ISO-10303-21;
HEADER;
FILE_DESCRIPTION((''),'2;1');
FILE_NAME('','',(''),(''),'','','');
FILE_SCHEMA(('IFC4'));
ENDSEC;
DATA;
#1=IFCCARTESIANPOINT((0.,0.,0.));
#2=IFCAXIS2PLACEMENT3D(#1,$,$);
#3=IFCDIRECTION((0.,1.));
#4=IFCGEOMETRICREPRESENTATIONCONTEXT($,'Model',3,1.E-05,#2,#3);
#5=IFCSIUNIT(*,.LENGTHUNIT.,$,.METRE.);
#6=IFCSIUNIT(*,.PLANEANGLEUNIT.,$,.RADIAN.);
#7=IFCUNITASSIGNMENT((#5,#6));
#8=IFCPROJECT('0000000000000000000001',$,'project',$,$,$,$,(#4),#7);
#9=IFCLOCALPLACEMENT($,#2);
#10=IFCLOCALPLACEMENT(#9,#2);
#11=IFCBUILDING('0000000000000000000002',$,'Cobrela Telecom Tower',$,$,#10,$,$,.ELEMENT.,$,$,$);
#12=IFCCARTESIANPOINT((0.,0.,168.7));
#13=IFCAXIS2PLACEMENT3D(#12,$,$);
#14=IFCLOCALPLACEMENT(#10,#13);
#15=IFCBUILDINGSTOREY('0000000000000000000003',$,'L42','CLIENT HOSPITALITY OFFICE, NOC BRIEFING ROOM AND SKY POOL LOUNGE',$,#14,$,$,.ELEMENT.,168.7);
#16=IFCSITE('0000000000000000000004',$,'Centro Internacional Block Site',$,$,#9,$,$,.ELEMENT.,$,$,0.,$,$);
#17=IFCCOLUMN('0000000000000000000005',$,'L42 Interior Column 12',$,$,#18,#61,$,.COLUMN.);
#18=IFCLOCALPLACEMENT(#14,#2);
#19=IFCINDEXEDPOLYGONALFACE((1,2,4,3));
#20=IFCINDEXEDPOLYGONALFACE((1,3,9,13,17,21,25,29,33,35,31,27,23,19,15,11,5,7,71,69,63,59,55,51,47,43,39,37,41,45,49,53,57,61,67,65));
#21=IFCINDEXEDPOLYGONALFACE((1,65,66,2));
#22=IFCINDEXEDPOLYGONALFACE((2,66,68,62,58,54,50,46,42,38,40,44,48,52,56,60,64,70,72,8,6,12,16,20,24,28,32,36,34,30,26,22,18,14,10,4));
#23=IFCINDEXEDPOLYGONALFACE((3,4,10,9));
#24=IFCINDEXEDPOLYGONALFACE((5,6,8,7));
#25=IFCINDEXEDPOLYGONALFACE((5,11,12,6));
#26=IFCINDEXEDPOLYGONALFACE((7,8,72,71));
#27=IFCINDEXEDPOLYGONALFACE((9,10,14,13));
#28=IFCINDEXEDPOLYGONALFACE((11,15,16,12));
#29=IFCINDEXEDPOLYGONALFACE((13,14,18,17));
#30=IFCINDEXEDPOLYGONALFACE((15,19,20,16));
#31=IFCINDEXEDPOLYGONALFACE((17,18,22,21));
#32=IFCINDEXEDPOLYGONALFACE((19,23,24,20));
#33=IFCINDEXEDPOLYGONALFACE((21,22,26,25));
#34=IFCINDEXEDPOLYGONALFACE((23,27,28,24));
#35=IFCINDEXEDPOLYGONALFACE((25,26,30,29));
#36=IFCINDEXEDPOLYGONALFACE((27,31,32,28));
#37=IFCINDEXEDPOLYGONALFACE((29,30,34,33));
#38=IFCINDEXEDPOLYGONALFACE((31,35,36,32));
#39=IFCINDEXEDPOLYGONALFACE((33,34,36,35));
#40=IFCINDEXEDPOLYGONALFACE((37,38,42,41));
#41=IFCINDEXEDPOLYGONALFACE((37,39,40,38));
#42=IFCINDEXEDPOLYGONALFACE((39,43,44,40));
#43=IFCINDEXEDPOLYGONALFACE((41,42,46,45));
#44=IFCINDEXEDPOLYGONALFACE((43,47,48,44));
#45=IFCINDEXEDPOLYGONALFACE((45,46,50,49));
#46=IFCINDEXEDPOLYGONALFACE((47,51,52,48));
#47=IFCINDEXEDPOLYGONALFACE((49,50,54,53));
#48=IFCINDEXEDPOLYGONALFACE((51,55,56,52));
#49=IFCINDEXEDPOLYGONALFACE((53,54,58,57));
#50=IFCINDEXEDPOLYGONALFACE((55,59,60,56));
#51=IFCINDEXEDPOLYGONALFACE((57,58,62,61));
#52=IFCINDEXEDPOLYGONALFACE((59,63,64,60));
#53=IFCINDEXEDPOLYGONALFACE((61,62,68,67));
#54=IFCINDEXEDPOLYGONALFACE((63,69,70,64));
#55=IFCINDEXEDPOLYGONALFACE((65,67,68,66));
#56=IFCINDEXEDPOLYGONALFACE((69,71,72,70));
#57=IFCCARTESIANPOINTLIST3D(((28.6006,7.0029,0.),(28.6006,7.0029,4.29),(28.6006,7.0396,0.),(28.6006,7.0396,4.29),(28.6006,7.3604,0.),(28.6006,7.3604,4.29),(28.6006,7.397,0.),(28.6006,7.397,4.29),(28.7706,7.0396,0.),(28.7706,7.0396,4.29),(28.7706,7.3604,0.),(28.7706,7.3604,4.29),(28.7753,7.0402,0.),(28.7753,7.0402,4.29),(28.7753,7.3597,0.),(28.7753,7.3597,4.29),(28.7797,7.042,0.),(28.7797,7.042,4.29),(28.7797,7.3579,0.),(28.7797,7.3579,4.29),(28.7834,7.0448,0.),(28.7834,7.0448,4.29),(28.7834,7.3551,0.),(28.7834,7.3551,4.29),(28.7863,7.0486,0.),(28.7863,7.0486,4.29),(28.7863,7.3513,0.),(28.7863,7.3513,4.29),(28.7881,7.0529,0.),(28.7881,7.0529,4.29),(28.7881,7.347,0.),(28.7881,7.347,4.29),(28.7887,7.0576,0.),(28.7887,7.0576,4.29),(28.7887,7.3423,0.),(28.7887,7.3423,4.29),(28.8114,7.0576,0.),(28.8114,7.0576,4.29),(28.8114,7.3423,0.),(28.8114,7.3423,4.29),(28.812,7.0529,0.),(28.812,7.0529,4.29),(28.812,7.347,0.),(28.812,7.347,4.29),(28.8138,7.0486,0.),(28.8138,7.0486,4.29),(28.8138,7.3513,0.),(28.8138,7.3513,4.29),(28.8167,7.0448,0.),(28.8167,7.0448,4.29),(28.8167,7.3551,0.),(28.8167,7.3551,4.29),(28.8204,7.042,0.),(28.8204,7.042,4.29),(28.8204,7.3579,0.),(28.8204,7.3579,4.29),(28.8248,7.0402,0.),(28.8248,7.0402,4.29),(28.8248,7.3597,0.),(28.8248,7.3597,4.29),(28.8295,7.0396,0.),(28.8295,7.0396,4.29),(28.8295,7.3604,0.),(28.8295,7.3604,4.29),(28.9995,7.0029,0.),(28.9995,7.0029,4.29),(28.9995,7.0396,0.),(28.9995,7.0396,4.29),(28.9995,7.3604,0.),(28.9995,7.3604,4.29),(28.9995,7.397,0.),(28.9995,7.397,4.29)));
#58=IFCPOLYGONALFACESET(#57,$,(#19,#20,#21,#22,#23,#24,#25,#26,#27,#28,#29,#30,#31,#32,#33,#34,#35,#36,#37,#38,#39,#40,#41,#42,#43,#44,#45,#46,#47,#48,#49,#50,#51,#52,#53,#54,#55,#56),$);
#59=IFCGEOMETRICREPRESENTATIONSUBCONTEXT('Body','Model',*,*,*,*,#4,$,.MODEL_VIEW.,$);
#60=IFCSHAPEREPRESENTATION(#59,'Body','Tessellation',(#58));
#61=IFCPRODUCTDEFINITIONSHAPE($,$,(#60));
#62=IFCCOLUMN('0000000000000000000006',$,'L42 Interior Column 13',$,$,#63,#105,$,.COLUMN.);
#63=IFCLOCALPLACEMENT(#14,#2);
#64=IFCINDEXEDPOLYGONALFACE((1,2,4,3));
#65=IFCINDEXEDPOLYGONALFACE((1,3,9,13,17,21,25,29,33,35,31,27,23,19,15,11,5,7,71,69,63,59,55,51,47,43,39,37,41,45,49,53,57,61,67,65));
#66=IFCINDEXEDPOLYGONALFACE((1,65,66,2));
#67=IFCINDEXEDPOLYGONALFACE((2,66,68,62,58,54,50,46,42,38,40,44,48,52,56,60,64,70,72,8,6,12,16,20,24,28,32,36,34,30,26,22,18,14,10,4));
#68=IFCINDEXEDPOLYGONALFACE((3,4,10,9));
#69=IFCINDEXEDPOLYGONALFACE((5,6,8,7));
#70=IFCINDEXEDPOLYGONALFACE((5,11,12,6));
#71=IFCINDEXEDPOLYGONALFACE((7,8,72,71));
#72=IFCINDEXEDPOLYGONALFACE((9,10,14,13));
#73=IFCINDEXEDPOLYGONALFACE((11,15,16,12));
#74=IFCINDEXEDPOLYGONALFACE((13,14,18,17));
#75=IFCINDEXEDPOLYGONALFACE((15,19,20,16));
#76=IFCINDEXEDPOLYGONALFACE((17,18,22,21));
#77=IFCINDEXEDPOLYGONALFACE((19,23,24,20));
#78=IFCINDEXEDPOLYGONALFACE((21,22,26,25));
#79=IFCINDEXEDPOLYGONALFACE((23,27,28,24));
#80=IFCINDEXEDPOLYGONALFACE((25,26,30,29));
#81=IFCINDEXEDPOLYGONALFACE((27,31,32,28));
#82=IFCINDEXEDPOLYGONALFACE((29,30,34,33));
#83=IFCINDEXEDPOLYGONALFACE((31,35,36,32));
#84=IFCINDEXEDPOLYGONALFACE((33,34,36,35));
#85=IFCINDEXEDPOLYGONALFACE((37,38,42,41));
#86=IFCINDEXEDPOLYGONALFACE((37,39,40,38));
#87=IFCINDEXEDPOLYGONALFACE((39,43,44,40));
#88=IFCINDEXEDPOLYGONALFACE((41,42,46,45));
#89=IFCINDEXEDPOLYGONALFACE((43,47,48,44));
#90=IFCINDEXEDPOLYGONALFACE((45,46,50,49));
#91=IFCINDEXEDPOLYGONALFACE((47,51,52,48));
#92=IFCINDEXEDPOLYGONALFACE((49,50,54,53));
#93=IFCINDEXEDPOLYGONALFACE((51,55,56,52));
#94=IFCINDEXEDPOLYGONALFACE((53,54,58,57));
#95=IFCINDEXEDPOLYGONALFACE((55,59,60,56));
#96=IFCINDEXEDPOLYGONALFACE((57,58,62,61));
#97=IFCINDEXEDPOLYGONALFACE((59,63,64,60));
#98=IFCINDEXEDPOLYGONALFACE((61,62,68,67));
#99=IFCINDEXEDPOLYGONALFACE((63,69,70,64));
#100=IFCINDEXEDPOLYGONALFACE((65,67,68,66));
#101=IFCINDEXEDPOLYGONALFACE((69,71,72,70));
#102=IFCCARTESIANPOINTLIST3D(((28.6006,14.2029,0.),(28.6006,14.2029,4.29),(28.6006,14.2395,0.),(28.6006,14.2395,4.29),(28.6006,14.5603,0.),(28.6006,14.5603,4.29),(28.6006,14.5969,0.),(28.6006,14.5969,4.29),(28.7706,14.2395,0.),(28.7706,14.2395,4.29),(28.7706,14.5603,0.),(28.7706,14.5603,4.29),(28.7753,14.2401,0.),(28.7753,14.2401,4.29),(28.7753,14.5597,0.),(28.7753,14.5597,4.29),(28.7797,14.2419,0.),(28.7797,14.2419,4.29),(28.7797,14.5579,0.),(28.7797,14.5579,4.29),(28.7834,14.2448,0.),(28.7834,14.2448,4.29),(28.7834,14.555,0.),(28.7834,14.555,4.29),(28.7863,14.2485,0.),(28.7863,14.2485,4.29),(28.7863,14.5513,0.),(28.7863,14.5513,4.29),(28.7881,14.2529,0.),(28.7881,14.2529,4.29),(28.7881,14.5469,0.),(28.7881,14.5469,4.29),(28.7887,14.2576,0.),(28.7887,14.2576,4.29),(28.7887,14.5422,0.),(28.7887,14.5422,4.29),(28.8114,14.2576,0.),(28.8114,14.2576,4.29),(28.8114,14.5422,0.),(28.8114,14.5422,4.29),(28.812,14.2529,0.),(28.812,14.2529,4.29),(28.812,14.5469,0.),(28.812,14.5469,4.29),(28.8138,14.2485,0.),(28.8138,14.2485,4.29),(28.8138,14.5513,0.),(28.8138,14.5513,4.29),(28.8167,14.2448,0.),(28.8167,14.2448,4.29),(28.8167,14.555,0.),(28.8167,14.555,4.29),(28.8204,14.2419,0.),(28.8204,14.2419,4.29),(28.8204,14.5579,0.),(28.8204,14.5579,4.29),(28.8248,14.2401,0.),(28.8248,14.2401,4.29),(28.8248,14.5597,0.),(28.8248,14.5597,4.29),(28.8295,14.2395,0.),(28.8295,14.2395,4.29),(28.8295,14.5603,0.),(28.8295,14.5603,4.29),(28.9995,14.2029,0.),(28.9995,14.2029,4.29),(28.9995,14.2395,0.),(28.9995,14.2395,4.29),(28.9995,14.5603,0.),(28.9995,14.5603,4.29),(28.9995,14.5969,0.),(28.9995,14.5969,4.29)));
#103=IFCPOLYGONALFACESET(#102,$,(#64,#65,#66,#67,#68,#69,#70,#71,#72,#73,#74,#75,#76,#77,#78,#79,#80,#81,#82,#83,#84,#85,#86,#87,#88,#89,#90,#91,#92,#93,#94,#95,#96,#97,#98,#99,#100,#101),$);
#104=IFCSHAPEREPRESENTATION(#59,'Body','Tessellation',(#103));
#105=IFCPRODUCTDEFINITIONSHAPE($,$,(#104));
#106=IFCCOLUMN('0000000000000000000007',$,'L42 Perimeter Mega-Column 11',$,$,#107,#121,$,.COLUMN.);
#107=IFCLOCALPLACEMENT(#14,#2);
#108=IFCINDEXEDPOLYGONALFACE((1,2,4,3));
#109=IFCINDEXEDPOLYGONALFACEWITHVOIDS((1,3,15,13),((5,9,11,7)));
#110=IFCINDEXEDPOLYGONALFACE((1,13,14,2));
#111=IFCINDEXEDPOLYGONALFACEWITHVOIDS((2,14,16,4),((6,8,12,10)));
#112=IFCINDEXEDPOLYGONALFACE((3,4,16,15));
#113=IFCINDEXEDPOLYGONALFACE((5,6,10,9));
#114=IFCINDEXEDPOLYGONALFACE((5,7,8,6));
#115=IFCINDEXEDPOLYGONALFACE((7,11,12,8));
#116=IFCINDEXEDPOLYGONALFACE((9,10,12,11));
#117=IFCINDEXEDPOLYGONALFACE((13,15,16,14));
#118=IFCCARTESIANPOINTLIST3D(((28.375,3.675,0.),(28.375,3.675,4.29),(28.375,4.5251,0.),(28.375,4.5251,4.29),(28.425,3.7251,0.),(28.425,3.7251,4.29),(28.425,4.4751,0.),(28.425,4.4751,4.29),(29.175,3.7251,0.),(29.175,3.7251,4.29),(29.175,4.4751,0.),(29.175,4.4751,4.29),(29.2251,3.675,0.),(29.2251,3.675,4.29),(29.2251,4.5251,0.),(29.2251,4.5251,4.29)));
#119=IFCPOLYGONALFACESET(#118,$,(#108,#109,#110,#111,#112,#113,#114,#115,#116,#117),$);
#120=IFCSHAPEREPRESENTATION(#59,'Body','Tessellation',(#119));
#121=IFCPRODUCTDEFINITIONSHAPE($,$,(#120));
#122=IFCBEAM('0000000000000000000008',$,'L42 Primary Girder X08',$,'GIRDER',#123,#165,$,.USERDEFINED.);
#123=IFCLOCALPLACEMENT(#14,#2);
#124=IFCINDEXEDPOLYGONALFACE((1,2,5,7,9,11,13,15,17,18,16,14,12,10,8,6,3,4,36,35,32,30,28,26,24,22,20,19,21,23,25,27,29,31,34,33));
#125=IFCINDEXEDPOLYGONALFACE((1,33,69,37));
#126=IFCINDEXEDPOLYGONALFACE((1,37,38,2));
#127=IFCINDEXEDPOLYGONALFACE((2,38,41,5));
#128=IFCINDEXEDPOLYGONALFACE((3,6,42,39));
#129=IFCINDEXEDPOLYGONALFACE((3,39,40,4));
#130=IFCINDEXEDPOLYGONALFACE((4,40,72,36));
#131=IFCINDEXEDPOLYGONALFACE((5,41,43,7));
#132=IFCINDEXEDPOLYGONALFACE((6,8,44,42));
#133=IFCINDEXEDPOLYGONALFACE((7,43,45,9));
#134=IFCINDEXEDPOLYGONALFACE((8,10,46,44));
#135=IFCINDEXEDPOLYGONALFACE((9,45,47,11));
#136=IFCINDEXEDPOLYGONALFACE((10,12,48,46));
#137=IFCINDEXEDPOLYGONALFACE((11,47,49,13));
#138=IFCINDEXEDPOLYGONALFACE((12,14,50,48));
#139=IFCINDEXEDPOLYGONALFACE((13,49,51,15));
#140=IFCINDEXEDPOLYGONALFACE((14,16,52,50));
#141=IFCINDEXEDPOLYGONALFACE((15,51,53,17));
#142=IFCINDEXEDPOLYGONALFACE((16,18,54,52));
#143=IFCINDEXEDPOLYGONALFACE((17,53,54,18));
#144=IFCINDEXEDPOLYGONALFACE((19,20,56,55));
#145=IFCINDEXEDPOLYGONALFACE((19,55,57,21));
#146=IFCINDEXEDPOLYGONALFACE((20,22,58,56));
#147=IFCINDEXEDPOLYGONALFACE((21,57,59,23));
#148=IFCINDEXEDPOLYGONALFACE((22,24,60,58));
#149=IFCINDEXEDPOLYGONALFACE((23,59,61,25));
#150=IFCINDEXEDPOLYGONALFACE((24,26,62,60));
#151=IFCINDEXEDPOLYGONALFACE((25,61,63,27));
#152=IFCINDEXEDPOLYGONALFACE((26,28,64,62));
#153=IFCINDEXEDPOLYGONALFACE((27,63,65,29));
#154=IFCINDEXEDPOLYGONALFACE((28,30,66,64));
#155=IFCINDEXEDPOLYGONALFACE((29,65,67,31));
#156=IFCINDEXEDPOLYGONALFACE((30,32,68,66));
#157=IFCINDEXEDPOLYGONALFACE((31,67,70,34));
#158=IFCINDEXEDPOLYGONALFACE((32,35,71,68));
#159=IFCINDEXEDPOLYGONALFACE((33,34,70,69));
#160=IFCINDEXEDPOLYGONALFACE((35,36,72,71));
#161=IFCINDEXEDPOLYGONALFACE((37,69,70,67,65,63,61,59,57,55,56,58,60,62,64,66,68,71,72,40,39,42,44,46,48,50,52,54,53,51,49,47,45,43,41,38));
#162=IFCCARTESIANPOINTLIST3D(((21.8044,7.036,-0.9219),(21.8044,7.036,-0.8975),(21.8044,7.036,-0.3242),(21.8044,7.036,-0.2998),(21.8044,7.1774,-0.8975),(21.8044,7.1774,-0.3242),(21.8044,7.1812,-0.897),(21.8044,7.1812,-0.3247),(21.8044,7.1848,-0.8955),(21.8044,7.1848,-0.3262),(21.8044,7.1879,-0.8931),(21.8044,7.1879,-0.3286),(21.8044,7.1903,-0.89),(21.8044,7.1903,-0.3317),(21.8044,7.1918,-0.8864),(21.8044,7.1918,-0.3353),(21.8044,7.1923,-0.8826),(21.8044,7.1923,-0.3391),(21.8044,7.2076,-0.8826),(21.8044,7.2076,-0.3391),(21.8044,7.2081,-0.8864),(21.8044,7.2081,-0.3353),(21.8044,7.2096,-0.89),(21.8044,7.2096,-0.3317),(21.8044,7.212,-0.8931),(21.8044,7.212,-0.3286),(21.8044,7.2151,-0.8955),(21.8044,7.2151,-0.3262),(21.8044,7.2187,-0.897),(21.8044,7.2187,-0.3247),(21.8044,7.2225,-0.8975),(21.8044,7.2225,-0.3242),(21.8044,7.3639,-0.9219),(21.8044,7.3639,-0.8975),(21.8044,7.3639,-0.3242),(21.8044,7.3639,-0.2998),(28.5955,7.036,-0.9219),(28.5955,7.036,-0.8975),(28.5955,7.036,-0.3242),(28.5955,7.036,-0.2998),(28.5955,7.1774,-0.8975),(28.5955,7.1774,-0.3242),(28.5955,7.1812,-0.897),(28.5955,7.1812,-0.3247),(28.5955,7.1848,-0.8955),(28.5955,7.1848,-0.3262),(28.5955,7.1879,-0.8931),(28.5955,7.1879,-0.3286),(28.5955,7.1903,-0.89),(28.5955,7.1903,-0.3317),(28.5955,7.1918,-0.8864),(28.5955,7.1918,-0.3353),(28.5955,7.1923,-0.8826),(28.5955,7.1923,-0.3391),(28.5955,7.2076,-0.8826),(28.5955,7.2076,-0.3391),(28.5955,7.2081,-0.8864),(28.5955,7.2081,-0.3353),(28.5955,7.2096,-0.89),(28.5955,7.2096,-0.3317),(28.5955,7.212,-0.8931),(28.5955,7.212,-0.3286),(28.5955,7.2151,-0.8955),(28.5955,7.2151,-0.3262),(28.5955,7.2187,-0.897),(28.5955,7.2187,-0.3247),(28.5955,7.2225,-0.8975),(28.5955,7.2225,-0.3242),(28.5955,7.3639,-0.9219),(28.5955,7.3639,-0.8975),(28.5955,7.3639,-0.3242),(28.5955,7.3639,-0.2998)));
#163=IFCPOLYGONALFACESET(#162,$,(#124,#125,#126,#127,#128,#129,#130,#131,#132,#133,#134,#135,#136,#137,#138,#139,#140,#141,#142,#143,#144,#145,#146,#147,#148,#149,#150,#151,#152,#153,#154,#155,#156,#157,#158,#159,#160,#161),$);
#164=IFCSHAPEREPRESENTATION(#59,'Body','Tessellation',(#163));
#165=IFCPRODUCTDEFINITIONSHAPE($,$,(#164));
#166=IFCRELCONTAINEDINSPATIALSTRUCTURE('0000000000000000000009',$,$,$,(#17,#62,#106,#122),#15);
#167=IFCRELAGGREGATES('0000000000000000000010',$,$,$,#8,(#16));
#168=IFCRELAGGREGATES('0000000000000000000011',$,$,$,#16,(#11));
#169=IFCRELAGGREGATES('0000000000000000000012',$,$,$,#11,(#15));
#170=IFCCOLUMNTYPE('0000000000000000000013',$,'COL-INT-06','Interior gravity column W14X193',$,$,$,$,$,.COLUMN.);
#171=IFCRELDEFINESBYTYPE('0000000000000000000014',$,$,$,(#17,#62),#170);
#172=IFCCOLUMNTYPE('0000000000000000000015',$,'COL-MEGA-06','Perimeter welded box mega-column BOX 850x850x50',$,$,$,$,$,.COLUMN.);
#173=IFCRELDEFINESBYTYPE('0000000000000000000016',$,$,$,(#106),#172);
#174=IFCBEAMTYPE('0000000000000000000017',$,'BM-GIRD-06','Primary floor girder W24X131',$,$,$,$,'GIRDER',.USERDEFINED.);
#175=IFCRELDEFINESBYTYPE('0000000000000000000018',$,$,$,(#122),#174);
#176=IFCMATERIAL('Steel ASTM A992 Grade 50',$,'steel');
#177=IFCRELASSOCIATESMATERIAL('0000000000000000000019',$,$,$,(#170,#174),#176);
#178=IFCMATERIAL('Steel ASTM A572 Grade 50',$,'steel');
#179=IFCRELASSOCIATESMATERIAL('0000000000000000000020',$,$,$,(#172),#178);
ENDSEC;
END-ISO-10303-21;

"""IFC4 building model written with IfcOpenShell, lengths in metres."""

from ifc_helpers import new_model, si_unit, direction, frame, origin, origin_2d, place, context, subcontext, project, spatial, hollow_rectangle, i_section, extrude, material, material_profile, profile_set, type_object, element, save


model = new_model("IFC4")

# Units and contexts
model_context = context("Model", 3, precision=1e-05, world=origin(), true_north=direction((0.0, 1.0)))
body_context = subcontext(model_context, "Body", "Model", "MODEL_VIEW")
ifc_project = project(units=[si_unit("LENGTHUNIT", "METRE"), si_unit("PLANEANGLEUNIT", "RADIAN")], contexts=[model_context])

# Site, building, storey
site_placement = place(None, origin())
site = spatial("IfcSite", under=ifc_project, at=site_placement, Name="Centro Internacional Block Site", CompositionType="ELEMENT", RefElevation=0.0)
building_placement = place(site_placement, origin())
building = spatial("IfcBuilding", under=site, at=building_placement, Name="Cobrela Telecom Tower", CompositionType="ELEMENT")
storey_placement = place(building_placement, frame((0.0, 0.0, 168.7)))
storey = spatial("IfcBuildingStorey", under=building, at=storey_placement, Name="L42", Description="CLIENT HOSPITALITY OFFICE, NOC BRIEFING ROOM AND SKY POOL LOUNGE", CompositionType="ELEMENT", Elevation=168.7)

# Columns
ifc_material_1 = material(Name="Steel ASTM A992 Grade 50", Category="steel")
ifc_material_profile_1 = material_profile(ifc_material_1, i_section(OverallWidth=0.3989, OverallDepth=0.394, WebThickness=0.0227, FlangeThickness=0.0366, FilletRadius=0.0181, at=origin_2d()), Name="W14X193")
ifc_profile_set_1 = profile_set([ifc_material_profile_1], Name="Steel ASTM A992 Grade 50")
column_type_1 = type_object("IfcColumnType", Name="COL-INT-06", Description="Interior gravity column W14X193", PredefinedType="COLUMN", material=ifc_profile_set_1)
for number, where, z_axis, x_axis, name in (
    (1, (28.8, 7.2, 0.0), (0.0, 0.0, 1.0), (1.0, 0.0, 0.0), "L42 Interior Column 12"),
    (2, (28.8, 14.3999, 0.0), (0.0, 0.0, 1.0), (1.0, 0.0, 0.0), "L42 Interior Column 13"),
):
    element("IfcColumn", number, at=place(storey_placement, frame(where, z_axis=z_axis, x_axis=x_axis)), inside=storey, type_object=column_type_1, Name=name, PredefinedType="COLUMN", context=body_context, shape_type="SweptSolid", body=[
        extrude(i_section(OverallWidth=0.3989, OverallDepth=0.394, WebThickness=0.0227, FlangeThickness=0.0366, FilletRadius=0.0181, at=origin_2d()), origin(), (0.0, 0.0, 1.0), 4.29),
    ])
ifc_material_2 = material(Name="Steel ASTM A572 Grade 50", Category="steel")
ifc_material_profile_2 = material_profile(ifc_material_2, hollow_rectangle(XDim=0.8501, YDim=0.8501, WallThickness=0.05, at=origin_2d()), Name="BOX 850x850x50")
ifc_profile_set_2 = profile_set([ifc_material_profile_2], Name="Steel ASTM A572 Grade 50")
column_type_2 = type_object("IfcColumnType", Name="COL-MEGA-06", Description="Perimeter welded box mega-column BOX 850x850x50", PredefinedType="COLUMN", material=ifc_profile_set_2)
column_placement = place(storey_placement, frame((28.8, 4.1001, 0.0), z_axis=(0.0, 0.0, 1.0), x_axis=(1.0, 0.0, 0.0)))
element("IfcColumn", 3, at=column_placement, inside=storey, type_object=column_type_2, Name="L42 Perimeter Mega-Column 11", PredefinedType="COLUMN", context=body_context, shape_type="SweptSolid", body=[
    extrude(hollow_rectangle(XDim=0.8501, YDim=0.8501, WallThickness=0.05, at=origin_2d()), origin(), (0.0, 0.0, 1.0), 4.29),
])

# Beam
ifc_material_profile_3 = material_profile(ifc_material_1, i_section(OverallWidth=0.3279, OverallDepth=0.6221, WebThickness=0.0154, FlangeThickness=0.0244, FilletRadius=0.0149, at=origin_2d()), Name="W24X131")
ifc_profile_set_3 = profile_set([ifc_material_profile_3], Name="Steel ASTM A992 Grade 50")
beam_type_1 = type_object("IfcBeamType", Name="BM-GIRD-06", Description="Primary floor girder W24X131", ElementType="GIRDER", PredefinedType="USERDEFINED", material=ifc_profile_set_3)
for number, where, z_axis, x_axis, name in (
    (4, (21.8044, 7.2, -0.6108), (1.0, 0.0, 0.0), (0.0, 1.0, 0.0), "L42 Primary Girder X08"),
):
    element("IfcBeam", number, at=place(storey_placement, frame(where, z_axis=z_axis, x_axis=x_axis)), inside=storey, type_object=beam_type_1, Name=name, ObjectType="GIRDER", PredefinedType="USERDEFINED", context=body_context, shape_type="SweptSolid", body=[
        extrude(i_section(OverallWidth=0.3279, OverallDepth=0.6221, WebThickness=0.0154, FlangeThickness=0.0244, FilletRadius=0.0149, at=origin_2d()), origin(), (0.0, 0.0, 1.0), 6.791),
    ])

save(model, "model.ifc")
